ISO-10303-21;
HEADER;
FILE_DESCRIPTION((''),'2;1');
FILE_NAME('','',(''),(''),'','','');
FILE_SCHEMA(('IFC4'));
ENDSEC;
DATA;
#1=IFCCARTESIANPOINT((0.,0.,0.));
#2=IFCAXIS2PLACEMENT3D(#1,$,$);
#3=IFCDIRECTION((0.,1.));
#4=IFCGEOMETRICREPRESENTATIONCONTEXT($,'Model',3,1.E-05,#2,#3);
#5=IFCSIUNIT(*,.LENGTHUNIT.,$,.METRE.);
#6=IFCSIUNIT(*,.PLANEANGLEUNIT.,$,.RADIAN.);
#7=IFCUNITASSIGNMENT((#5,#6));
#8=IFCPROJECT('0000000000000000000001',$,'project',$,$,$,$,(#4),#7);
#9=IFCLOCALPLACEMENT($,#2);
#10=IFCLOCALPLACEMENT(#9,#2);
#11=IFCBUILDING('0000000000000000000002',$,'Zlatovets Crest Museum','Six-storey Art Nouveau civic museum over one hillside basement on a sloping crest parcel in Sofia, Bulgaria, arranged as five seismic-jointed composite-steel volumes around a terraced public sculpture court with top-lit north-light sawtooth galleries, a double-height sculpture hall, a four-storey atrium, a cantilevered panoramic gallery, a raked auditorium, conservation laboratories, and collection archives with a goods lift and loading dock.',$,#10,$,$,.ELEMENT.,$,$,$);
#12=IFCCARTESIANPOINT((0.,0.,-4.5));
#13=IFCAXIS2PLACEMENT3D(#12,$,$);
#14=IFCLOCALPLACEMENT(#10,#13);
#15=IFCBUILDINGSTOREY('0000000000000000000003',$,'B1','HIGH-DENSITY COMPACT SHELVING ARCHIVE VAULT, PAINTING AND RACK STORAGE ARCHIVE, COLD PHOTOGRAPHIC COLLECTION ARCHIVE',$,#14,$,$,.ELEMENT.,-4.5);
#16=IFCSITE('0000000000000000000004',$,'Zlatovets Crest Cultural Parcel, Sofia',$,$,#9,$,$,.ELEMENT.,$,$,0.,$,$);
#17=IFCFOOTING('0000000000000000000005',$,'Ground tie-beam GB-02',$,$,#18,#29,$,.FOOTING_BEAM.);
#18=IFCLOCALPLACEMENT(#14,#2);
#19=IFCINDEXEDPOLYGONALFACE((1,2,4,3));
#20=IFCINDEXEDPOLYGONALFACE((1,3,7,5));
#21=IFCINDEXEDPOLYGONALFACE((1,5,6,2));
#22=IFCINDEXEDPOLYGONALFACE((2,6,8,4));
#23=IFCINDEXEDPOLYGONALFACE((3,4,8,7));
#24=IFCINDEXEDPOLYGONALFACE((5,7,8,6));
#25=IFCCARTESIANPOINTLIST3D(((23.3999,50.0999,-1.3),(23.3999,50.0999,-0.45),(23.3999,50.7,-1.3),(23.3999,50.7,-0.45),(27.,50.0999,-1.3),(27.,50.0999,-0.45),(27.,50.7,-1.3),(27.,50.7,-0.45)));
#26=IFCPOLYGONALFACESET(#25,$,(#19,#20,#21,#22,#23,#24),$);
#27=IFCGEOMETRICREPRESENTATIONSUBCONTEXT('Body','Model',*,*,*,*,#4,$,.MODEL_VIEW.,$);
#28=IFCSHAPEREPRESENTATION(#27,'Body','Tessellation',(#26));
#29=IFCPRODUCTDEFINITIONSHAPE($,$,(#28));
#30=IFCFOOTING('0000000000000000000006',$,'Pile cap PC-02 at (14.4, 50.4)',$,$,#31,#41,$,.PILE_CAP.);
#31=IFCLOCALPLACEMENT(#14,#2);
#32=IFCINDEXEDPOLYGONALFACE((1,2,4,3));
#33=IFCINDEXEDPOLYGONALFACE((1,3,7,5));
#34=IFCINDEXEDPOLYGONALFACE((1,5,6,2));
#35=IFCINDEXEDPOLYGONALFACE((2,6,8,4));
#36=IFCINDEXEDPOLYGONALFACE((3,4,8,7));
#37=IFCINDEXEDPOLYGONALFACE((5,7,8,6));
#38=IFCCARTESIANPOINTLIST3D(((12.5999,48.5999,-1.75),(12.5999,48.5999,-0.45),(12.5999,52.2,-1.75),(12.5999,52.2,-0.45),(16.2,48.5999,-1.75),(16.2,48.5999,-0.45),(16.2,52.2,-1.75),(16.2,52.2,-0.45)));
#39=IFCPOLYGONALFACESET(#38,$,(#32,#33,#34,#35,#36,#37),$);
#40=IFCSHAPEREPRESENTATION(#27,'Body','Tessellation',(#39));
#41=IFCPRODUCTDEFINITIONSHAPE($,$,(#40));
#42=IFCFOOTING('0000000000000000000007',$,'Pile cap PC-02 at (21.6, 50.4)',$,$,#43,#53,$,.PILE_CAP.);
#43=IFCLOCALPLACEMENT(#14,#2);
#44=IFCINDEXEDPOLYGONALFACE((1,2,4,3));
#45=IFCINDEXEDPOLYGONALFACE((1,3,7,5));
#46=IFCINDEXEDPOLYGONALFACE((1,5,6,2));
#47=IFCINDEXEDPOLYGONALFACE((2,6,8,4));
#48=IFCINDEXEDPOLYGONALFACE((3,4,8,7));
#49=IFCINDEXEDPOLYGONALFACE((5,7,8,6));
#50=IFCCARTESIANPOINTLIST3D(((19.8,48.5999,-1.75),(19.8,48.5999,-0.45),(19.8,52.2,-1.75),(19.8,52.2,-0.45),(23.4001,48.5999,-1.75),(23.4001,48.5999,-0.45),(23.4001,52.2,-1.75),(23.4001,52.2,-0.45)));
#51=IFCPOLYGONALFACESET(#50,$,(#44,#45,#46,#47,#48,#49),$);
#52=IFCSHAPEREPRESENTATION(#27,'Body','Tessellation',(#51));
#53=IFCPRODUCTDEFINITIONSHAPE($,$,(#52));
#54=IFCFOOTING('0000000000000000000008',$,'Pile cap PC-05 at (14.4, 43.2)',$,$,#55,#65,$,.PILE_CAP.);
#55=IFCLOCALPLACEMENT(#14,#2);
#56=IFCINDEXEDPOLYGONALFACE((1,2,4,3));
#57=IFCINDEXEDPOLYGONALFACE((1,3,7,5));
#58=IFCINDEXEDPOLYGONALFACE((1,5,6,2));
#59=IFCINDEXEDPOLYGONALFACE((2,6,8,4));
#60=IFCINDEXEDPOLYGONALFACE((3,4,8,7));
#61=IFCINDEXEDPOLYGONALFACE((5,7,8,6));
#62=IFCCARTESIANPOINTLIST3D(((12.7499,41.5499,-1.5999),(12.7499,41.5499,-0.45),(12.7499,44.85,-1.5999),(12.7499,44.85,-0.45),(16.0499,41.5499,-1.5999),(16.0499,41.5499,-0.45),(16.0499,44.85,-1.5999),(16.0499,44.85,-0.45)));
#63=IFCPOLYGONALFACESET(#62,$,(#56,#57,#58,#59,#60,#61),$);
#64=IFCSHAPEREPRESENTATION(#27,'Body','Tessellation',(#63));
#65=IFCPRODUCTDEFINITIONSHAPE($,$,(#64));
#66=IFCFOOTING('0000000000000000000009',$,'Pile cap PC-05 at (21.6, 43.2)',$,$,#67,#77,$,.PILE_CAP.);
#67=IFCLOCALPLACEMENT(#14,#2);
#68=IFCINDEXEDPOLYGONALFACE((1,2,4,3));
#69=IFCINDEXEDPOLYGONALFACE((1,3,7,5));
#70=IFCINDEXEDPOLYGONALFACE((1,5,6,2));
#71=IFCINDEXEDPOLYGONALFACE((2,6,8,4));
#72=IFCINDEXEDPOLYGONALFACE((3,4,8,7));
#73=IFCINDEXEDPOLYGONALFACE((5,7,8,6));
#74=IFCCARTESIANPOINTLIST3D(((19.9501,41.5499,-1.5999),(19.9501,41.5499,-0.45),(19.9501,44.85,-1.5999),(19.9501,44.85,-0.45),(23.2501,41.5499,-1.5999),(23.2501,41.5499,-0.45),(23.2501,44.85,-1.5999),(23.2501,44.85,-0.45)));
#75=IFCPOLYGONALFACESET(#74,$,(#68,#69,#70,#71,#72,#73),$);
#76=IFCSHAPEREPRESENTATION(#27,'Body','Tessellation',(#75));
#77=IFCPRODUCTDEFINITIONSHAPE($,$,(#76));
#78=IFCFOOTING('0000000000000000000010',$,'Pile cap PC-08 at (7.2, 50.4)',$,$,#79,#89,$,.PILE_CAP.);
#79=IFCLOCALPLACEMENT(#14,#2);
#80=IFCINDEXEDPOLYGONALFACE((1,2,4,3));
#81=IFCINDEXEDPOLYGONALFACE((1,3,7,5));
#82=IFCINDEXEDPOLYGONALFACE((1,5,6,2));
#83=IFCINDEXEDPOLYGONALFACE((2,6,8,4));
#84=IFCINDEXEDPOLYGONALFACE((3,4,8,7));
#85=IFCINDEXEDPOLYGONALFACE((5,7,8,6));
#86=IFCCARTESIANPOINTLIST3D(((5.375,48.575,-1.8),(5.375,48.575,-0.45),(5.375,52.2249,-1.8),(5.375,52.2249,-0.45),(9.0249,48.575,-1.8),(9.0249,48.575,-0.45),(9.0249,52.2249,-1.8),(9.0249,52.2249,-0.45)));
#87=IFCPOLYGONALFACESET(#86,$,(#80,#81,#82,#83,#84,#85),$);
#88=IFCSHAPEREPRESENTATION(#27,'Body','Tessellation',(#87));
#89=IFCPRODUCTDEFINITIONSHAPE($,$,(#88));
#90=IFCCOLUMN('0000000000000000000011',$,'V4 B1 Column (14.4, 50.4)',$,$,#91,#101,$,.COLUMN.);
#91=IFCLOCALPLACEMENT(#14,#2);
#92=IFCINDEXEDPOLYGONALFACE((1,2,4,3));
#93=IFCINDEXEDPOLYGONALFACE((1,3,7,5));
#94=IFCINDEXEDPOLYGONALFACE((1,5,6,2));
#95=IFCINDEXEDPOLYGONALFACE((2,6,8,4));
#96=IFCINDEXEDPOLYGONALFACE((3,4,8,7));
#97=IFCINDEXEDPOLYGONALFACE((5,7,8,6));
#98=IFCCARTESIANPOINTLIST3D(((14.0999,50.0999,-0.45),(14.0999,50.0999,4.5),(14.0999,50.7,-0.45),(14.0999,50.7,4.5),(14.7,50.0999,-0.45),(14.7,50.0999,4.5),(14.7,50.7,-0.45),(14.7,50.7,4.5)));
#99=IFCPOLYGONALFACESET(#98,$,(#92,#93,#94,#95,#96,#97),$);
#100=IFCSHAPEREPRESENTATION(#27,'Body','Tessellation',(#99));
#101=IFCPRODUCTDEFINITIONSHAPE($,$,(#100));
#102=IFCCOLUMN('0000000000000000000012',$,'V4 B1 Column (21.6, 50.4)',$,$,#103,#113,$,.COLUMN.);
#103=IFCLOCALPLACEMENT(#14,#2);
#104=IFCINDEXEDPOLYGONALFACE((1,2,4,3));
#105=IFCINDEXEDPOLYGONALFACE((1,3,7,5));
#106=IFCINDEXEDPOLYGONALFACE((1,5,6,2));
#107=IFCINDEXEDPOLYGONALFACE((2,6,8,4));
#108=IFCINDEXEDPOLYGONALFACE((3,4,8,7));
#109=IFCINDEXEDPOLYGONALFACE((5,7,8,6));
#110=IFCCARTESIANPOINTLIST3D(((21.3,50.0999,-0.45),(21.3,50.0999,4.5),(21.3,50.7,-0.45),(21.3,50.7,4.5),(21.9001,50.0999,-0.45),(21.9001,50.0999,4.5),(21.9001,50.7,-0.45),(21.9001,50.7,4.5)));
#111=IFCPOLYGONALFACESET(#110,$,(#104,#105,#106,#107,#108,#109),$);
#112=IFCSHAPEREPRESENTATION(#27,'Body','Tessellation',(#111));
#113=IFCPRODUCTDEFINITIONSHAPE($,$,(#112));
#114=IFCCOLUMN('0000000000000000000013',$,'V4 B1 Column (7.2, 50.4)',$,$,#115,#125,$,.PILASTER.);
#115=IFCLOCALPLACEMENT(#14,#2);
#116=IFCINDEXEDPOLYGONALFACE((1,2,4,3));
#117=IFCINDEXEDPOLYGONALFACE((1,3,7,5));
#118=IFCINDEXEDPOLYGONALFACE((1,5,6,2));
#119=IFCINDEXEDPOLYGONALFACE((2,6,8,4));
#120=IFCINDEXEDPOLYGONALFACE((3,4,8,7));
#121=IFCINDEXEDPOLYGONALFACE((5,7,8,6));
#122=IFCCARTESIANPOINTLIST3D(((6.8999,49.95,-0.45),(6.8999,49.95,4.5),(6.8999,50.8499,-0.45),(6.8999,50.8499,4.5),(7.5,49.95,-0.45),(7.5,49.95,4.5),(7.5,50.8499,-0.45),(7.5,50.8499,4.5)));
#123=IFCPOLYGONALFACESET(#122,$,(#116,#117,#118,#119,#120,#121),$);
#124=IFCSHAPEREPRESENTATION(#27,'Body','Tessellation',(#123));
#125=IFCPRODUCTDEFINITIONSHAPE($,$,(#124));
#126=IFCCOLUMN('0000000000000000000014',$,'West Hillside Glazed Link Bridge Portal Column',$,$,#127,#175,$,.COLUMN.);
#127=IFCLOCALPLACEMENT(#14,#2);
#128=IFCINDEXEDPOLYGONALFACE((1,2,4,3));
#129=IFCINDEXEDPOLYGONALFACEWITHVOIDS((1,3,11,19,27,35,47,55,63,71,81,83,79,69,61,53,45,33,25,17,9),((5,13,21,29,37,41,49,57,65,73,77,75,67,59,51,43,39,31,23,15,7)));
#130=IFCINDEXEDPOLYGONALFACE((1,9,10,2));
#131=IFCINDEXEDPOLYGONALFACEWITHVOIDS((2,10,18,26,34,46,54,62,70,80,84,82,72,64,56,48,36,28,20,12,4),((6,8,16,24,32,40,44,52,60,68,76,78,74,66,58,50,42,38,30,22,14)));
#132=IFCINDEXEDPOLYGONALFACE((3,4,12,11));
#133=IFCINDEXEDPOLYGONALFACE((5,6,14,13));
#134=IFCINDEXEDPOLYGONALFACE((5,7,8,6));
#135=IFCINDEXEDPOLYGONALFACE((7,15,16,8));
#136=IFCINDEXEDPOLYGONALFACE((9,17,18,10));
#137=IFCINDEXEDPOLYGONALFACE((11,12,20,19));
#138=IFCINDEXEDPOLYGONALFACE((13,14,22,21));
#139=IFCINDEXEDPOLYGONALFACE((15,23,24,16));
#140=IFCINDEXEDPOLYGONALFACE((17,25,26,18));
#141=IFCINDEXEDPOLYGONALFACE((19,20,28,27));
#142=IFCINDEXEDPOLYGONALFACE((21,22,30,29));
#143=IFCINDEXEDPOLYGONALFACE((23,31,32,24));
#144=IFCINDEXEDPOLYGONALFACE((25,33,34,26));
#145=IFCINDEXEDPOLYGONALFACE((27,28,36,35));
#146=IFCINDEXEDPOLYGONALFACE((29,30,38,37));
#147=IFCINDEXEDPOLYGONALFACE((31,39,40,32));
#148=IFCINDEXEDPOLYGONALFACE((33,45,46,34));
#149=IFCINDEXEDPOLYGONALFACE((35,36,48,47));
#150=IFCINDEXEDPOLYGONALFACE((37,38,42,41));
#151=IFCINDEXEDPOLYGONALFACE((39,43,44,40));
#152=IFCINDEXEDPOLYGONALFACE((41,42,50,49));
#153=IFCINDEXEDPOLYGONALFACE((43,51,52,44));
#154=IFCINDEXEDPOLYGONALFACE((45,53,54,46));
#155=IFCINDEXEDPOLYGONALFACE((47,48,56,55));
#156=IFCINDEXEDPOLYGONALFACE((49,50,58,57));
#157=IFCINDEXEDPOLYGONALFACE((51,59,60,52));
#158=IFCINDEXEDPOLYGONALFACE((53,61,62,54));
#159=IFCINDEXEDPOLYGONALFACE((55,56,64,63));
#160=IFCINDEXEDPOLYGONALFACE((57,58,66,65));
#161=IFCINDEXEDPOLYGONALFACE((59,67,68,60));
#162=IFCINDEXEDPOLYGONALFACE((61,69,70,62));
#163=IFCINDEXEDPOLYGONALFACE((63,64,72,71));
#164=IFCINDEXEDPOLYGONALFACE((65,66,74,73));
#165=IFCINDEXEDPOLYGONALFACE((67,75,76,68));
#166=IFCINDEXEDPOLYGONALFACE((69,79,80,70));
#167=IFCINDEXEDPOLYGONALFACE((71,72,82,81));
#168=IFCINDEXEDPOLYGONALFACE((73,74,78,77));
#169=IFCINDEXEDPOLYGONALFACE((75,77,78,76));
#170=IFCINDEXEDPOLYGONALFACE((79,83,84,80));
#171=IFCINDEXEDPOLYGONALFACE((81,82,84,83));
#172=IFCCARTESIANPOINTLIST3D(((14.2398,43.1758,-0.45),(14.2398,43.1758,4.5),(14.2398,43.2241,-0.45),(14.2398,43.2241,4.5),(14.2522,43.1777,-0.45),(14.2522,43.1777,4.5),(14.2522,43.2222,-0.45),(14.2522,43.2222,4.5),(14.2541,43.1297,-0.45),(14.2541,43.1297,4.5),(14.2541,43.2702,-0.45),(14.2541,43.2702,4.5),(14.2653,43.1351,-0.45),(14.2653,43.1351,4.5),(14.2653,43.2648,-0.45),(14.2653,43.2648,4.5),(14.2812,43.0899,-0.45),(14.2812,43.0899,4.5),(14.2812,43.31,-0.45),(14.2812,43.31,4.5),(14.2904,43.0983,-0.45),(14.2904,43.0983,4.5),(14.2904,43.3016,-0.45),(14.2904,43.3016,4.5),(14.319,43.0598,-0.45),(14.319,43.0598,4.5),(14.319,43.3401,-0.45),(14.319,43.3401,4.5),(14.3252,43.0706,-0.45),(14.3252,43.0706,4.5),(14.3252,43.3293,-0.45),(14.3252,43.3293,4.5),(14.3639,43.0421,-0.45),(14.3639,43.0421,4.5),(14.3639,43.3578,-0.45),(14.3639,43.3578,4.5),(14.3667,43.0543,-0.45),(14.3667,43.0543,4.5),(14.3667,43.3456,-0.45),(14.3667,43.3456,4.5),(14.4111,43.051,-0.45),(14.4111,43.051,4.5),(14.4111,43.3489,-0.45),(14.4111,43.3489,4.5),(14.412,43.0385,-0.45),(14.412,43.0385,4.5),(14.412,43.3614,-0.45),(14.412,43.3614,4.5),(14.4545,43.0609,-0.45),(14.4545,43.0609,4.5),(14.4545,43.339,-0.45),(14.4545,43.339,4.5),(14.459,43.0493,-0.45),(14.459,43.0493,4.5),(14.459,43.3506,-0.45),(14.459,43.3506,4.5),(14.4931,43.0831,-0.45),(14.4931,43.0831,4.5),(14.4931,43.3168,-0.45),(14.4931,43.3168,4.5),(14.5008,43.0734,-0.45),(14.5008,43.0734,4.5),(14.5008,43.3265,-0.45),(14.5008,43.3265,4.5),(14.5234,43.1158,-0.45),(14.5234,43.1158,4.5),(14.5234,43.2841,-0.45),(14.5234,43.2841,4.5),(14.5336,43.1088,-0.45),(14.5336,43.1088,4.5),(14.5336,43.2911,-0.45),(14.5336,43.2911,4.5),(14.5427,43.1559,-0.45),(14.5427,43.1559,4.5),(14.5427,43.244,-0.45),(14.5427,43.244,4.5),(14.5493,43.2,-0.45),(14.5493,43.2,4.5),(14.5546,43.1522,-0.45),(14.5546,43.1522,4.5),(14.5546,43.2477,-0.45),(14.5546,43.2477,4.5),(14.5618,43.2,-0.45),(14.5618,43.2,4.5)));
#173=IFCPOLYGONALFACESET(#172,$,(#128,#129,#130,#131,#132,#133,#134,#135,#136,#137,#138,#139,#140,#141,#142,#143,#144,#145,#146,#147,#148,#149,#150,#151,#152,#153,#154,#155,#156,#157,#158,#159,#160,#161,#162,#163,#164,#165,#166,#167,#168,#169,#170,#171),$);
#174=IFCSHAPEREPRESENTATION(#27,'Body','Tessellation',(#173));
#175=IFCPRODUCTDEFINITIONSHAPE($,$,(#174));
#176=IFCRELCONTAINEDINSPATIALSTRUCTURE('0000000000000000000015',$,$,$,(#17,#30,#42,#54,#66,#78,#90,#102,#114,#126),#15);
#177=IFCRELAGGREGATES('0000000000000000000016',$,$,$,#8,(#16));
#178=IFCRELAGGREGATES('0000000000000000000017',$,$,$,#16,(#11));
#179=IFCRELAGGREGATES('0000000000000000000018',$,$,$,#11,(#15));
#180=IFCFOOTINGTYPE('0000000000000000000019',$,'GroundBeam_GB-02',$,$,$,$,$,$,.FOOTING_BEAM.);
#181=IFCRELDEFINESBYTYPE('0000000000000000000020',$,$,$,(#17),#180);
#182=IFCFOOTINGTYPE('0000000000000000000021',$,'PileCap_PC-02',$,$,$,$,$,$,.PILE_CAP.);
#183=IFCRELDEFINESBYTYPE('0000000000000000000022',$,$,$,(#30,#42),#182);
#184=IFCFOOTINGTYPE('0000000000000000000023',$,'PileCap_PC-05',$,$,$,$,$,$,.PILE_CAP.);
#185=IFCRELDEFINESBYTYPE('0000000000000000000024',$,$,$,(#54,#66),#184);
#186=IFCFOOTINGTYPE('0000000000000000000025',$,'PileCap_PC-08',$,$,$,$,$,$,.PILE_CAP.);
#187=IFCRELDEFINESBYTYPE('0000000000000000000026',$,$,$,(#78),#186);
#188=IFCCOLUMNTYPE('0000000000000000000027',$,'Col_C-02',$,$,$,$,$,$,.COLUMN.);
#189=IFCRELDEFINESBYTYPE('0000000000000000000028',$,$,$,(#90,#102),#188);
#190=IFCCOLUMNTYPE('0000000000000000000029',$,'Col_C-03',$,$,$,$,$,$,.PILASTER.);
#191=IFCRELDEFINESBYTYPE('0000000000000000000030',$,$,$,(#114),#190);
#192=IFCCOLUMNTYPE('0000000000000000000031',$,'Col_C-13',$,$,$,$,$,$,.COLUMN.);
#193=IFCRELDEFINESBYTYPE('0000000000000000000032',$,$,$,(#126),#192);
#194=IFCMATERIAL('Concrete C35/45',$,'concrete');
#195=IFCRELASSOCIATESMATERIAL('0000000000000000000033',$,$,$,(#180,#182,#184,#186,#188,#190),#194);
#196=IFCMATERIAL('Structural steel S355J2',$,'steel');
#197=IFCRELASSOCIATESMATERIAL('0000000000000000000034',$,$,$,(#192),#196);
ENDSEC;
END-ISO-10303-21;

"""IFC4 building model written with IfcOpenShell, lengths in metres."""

from ifc_helpers import new_model, si_unit, direction, frame, origin, origin_2d, place, context, subcontext, project, spatial, rectangle, hollow_circle, extrude, material, material_profile, profile_set, type_object, element, save


model = new_model("IFC4")

# Units and contexts
model_context = context("Model", 3, precision=1e-05, world=origin(), true_north=direction((0.0, 1.0)))
body_context = subcontext(model_context, "Body", "Model", "MODEL_VIEW")
ifc_project = project(units=[si_unit("LENGTHUNIT", "METRE"), si_unit("PLANEANGLEUNIT", "RADIAN")], contexts=[model_context])

# Site, building, storey
site_placement = place(None, origin())
site = spatial("IfcSite", under=ifc_project, at=site_placement, Name="Zlatovets Crest Cultural Parcel, Sofia", CompositionType="ELEMENT", RefElevation=0.0)
building_placement = place(site_placement, origin())
building = spatial("IfcBuilding", under=site, at=building_placement, Name="Zlatovets Crest Museum", Description="Six-storey Art Nouveau civic museum over one hillside basement on a sloping crest parcel in Sofia, Bulgaria, arranged as five seismic-jointed composite-steel volumes around a terraced public sculpture court with top-lit north-light sawtooth galleries, a double-height sculpture hall, a four-storey atrium, a cantilevered panoramic gallery, a raked auditorium, conservation laboratories, and collection archives with a goods lift and loading dock.", CompositionType="ELEMENT")
storey_placement = place(building_placement, frame((0.0, 0.0, -4.5)))
storey = spatial("IfcBuildingStorey", under=building, at=storey_placement, Name="B1", Description="HIGH-DENSITY COMPACT SHELVING ARCHIVE VAULT, PAINTING AND RACK STORAGE ARCHIVE, COLD PHOTOGRAPHIC COLLECTION ARCHIVE", CompositionType="ELEMENT", Elevation=-4.5)

# Shared definitions
ifc_material_1 = material(Name="Concrete C35/45", Category="concrete")

# Footings
ifc_material_profile_1 = material_profile(ifc_material_1, rectangle(XDim=0.6001, YDim=0.8501, at=origin_2d()), Name="RC 600x850")
ifc_profile_set_1 = profile_set([ifc_material_profile_1], Name="Concrete C35/45")
footing_type_1 = type_object("IfcFootingType", Name="GroundBeam_GB-02", PredefinedType="FOOTING_BEAM", material=ifc_profile_set_1)
for number, where, z_axis, x_axis, name in (
    (1, (23.3999, 50.3999, -0.875), (1.0, 0.0, 0.0), (0.0, 1.0, 0.0), "Ground tie-beam GB-02"),
):
    element("IfcFooting", number, at=place(storey_placement, frame(where, z_axis=z_axis, x_axis=x_axis)), inside=storey, type_object=footing_type_1, Name=name, PredefinedType="FOOTING_BEAM", context=body_context, shape_type="SweptSolid", body=[
        extrude(rectangle(XDim=0.6001, YDim=0.8501, at=origin_2d()), origin(), (0.0, 0.0, 1.0), 3.6001),
    ])
footing_type_2 = type_object("IfcFootingType", Name="PileCap_PC-02", PredefinedType="PILE_CAP", material=ifc_material_1)
for number, where, z_axis, x_axis, name in (
    (2, (14.3999, 50.3999, -1.75), (0.0, 0.0, 1.0), (1.0, 0.0, 0.0), "Pile cap PC-02 at (14.4, 50.4)"),
    (3, (21.6001, 50.3999, -1.75), (0.0, 0.0, 1.0), (1.0, 0.0, 0.0), "Pile cap PC-02 at (21.6, 50.4)"),
):
    element("IfcFooting", number, at=place(storey_placement, frame(where, z_axis=z_axis, x_axis=x_axis)), inside=storey, type_object=footing_type_2, Name=name, PredefinedType="PILE_CAP", context=body_context, shape_type="SweptSolid", body=[
        extrude(rectangle(XDim=3.6001, YDim=3.6001, at=origin_2d()), origin(), (0.0, 0.0, 1.0), 1.3),
    ])
footing_type_3 = type_object("IfcFootingType", Name="PileCap_PC-05", PredefinedType="PILE_CAP", material=ifc_material_1)
for number, where, z_axis, x_axis, name in (
    (4, (14.3999, 43.2, -1.5999), (0.0, 0.0, 1.0), (1.0, 0.0, 0.0), "Pile cap PC-05 at (14.4, 43.2)"),
    (5, (21.6001, 43.2, -1.5999), (0.0, 0.0, 1.0), (1.0, 0.0, 0.0), "Pile cap PC-05 at (21.6, 43.2)"),
):
    element("IfcFooting", number, at=place(storey_placement, frame(where, z_axis=z_axis, x_axis=x_axis)), inside=storey, type_object=footing_type_3, Name=name, PredefinedType="PILE_CAP", context=body_context, shape_type="SweptSolid", body=[
        extrude(rectangle(XDim=3.3, YDim=3.3, at=origin_2d()), origin(), (0.0, 0.0, 1.0), 1.1499),
    ])
footing_type_4 = type_object("IfcFootingType", Name="PileCap_PC-08", PredefinedType="PILE_CAP", material=ifc_material_1)
footing_1_placement = place(storey_placement, frame((7.2, 50.3999, -1.8), z_axis=(0.0, 0.0, 1.0), x_axis=(1.0, 0.0, 0.0)))
element("IfcFooting", 6, at=footing_1_placement, inside=storey, type_object=footing_type_4, Name="Pile cap PC-08 at (7.2, 50.4)", PredefinedType="PILE_CAP", context=body_context, shape_type="SweptSolid", body=[
    extrude(rectangle(XDim=3.6499, YDim=3.6499, at=origin_2d()), origin(), (0.0, 0.0, 1.0), 1.3501),
])

# Columns
ifc_material_profile_2 = material_profile(ifc_material_1, rectangle(XDim=0.6001, YDim=0.6001, at=origin_2d()), Name="RC 600x600")
ifc_profile_set_2 = profile_set([ifc_material_profile_2], Name="Concrete C35/45")
column_type_1 = type_object("IfcColumnType", Name="Col_C-02", PredefinedType="COLUMN", material=ifc_profile_set_2)
for number, where, z_axis, x_axis, name in (
    (7, (14.3999, 50.3999, -0.45), (0.0, 0.0, 1.0), (0.0, 1.0, 0.0), "V4 B1 Column (14.4, 50.4)"),
    (8, (21.6001, 50.3999, -0.45), (0.0, 0.0, 1.0), (1.0, 0.0, 0.0), "V4 B1 Column (21.6, 50.4)"),
):
    element("IfcColumn", number, at=place(storey_placement, frame(where, z_axis=z_axis, x_axis=x_axis)), inside=storey, type_object=column_type_1, Name=name, PredefinedType="COLUMN", context=body_context, shape_type="SweptSolid", body=[
        extrude(rectangle(XDim=0.6001, YDim=0.6001, at=origin_2d()), origin(), (0.0, 0.0, 1.0), 4.95),
    ])
ifc_material_profile_3 = material_profile(ifc_material_1, rectangle(XDim=0.6001, YDim=0.8999, at=origin_2d()), Name="RC 600x900")
ifc_profile_set_3 = profile_set([ifc_material_profile_3], Name="Concrete C35/45")
column_type_2 = type_object("IfcColumnType", Name="Col_C-03", PredefinedType="PILASTER", material=ifc_profile_set_3)
column_placement = place(storey_placement, frame((7.2, 50.3999, -0.45), z_axis=(0.0, 0.0, 1.0), x_axis=(1.0, 0.0, 0.0)))
element("IfcColumn", 9, at=column_placement, inside=storey, type_object=column_type_2, Name="V4 B1 Column (7.2, 50.4)", PredefinedType="PILASTER", context=body_context, shape_type="SweptSolid", body=[
    extrude(rectangle(XDim=0.6001, YDim=0.8999, at=origin_2d()), origin(), (0.0, 0.0, 1.0), 4.95),
])
ifc_material_2 = material(Name="Structural steel S355J2", Category="steel")
ifc_material_profile_4 = material_profile(ifc_material_2, hollow_circle(Radius=0.1619, WallThickness=0.0125, at=origin_2d()), Name="CHS 323.9x12.5")
ifc_profile_set_4 = profile_set([ifc_material_profile_4], Name="Structural steel S355J2")
column_type_3 = type_object("IfcColumnType", Name="Col_C-13", PredefinedType="COLUMN", material=ifc_profile_set_4)
for number, where, z_axis, x_axis, name in (
    (10, (14.3999, 43.2, -0.45), (0.0, 0.0, 1.0), (1.0, 0.0, 0.0), "West Hillside Glazed Link Bridge Portal Column"),
):
    element("IfcColumn", number, at=place(storey_placement, frame(where, z_axis=z_axis, x_axis=x_axis)), inside=storey, type_object=column_type_3, Name=name, PredefinedType="COLUMN", context=body_context, shape_type="SweptSolid", body=[
        extrude(hollow_circle(Radius=0.1619, WallThickness=0.0125, at=origin_2d()), origin(), (0.0, 0.0, 1.0), 4.95),
    ])

save(model, "model.ifc")
